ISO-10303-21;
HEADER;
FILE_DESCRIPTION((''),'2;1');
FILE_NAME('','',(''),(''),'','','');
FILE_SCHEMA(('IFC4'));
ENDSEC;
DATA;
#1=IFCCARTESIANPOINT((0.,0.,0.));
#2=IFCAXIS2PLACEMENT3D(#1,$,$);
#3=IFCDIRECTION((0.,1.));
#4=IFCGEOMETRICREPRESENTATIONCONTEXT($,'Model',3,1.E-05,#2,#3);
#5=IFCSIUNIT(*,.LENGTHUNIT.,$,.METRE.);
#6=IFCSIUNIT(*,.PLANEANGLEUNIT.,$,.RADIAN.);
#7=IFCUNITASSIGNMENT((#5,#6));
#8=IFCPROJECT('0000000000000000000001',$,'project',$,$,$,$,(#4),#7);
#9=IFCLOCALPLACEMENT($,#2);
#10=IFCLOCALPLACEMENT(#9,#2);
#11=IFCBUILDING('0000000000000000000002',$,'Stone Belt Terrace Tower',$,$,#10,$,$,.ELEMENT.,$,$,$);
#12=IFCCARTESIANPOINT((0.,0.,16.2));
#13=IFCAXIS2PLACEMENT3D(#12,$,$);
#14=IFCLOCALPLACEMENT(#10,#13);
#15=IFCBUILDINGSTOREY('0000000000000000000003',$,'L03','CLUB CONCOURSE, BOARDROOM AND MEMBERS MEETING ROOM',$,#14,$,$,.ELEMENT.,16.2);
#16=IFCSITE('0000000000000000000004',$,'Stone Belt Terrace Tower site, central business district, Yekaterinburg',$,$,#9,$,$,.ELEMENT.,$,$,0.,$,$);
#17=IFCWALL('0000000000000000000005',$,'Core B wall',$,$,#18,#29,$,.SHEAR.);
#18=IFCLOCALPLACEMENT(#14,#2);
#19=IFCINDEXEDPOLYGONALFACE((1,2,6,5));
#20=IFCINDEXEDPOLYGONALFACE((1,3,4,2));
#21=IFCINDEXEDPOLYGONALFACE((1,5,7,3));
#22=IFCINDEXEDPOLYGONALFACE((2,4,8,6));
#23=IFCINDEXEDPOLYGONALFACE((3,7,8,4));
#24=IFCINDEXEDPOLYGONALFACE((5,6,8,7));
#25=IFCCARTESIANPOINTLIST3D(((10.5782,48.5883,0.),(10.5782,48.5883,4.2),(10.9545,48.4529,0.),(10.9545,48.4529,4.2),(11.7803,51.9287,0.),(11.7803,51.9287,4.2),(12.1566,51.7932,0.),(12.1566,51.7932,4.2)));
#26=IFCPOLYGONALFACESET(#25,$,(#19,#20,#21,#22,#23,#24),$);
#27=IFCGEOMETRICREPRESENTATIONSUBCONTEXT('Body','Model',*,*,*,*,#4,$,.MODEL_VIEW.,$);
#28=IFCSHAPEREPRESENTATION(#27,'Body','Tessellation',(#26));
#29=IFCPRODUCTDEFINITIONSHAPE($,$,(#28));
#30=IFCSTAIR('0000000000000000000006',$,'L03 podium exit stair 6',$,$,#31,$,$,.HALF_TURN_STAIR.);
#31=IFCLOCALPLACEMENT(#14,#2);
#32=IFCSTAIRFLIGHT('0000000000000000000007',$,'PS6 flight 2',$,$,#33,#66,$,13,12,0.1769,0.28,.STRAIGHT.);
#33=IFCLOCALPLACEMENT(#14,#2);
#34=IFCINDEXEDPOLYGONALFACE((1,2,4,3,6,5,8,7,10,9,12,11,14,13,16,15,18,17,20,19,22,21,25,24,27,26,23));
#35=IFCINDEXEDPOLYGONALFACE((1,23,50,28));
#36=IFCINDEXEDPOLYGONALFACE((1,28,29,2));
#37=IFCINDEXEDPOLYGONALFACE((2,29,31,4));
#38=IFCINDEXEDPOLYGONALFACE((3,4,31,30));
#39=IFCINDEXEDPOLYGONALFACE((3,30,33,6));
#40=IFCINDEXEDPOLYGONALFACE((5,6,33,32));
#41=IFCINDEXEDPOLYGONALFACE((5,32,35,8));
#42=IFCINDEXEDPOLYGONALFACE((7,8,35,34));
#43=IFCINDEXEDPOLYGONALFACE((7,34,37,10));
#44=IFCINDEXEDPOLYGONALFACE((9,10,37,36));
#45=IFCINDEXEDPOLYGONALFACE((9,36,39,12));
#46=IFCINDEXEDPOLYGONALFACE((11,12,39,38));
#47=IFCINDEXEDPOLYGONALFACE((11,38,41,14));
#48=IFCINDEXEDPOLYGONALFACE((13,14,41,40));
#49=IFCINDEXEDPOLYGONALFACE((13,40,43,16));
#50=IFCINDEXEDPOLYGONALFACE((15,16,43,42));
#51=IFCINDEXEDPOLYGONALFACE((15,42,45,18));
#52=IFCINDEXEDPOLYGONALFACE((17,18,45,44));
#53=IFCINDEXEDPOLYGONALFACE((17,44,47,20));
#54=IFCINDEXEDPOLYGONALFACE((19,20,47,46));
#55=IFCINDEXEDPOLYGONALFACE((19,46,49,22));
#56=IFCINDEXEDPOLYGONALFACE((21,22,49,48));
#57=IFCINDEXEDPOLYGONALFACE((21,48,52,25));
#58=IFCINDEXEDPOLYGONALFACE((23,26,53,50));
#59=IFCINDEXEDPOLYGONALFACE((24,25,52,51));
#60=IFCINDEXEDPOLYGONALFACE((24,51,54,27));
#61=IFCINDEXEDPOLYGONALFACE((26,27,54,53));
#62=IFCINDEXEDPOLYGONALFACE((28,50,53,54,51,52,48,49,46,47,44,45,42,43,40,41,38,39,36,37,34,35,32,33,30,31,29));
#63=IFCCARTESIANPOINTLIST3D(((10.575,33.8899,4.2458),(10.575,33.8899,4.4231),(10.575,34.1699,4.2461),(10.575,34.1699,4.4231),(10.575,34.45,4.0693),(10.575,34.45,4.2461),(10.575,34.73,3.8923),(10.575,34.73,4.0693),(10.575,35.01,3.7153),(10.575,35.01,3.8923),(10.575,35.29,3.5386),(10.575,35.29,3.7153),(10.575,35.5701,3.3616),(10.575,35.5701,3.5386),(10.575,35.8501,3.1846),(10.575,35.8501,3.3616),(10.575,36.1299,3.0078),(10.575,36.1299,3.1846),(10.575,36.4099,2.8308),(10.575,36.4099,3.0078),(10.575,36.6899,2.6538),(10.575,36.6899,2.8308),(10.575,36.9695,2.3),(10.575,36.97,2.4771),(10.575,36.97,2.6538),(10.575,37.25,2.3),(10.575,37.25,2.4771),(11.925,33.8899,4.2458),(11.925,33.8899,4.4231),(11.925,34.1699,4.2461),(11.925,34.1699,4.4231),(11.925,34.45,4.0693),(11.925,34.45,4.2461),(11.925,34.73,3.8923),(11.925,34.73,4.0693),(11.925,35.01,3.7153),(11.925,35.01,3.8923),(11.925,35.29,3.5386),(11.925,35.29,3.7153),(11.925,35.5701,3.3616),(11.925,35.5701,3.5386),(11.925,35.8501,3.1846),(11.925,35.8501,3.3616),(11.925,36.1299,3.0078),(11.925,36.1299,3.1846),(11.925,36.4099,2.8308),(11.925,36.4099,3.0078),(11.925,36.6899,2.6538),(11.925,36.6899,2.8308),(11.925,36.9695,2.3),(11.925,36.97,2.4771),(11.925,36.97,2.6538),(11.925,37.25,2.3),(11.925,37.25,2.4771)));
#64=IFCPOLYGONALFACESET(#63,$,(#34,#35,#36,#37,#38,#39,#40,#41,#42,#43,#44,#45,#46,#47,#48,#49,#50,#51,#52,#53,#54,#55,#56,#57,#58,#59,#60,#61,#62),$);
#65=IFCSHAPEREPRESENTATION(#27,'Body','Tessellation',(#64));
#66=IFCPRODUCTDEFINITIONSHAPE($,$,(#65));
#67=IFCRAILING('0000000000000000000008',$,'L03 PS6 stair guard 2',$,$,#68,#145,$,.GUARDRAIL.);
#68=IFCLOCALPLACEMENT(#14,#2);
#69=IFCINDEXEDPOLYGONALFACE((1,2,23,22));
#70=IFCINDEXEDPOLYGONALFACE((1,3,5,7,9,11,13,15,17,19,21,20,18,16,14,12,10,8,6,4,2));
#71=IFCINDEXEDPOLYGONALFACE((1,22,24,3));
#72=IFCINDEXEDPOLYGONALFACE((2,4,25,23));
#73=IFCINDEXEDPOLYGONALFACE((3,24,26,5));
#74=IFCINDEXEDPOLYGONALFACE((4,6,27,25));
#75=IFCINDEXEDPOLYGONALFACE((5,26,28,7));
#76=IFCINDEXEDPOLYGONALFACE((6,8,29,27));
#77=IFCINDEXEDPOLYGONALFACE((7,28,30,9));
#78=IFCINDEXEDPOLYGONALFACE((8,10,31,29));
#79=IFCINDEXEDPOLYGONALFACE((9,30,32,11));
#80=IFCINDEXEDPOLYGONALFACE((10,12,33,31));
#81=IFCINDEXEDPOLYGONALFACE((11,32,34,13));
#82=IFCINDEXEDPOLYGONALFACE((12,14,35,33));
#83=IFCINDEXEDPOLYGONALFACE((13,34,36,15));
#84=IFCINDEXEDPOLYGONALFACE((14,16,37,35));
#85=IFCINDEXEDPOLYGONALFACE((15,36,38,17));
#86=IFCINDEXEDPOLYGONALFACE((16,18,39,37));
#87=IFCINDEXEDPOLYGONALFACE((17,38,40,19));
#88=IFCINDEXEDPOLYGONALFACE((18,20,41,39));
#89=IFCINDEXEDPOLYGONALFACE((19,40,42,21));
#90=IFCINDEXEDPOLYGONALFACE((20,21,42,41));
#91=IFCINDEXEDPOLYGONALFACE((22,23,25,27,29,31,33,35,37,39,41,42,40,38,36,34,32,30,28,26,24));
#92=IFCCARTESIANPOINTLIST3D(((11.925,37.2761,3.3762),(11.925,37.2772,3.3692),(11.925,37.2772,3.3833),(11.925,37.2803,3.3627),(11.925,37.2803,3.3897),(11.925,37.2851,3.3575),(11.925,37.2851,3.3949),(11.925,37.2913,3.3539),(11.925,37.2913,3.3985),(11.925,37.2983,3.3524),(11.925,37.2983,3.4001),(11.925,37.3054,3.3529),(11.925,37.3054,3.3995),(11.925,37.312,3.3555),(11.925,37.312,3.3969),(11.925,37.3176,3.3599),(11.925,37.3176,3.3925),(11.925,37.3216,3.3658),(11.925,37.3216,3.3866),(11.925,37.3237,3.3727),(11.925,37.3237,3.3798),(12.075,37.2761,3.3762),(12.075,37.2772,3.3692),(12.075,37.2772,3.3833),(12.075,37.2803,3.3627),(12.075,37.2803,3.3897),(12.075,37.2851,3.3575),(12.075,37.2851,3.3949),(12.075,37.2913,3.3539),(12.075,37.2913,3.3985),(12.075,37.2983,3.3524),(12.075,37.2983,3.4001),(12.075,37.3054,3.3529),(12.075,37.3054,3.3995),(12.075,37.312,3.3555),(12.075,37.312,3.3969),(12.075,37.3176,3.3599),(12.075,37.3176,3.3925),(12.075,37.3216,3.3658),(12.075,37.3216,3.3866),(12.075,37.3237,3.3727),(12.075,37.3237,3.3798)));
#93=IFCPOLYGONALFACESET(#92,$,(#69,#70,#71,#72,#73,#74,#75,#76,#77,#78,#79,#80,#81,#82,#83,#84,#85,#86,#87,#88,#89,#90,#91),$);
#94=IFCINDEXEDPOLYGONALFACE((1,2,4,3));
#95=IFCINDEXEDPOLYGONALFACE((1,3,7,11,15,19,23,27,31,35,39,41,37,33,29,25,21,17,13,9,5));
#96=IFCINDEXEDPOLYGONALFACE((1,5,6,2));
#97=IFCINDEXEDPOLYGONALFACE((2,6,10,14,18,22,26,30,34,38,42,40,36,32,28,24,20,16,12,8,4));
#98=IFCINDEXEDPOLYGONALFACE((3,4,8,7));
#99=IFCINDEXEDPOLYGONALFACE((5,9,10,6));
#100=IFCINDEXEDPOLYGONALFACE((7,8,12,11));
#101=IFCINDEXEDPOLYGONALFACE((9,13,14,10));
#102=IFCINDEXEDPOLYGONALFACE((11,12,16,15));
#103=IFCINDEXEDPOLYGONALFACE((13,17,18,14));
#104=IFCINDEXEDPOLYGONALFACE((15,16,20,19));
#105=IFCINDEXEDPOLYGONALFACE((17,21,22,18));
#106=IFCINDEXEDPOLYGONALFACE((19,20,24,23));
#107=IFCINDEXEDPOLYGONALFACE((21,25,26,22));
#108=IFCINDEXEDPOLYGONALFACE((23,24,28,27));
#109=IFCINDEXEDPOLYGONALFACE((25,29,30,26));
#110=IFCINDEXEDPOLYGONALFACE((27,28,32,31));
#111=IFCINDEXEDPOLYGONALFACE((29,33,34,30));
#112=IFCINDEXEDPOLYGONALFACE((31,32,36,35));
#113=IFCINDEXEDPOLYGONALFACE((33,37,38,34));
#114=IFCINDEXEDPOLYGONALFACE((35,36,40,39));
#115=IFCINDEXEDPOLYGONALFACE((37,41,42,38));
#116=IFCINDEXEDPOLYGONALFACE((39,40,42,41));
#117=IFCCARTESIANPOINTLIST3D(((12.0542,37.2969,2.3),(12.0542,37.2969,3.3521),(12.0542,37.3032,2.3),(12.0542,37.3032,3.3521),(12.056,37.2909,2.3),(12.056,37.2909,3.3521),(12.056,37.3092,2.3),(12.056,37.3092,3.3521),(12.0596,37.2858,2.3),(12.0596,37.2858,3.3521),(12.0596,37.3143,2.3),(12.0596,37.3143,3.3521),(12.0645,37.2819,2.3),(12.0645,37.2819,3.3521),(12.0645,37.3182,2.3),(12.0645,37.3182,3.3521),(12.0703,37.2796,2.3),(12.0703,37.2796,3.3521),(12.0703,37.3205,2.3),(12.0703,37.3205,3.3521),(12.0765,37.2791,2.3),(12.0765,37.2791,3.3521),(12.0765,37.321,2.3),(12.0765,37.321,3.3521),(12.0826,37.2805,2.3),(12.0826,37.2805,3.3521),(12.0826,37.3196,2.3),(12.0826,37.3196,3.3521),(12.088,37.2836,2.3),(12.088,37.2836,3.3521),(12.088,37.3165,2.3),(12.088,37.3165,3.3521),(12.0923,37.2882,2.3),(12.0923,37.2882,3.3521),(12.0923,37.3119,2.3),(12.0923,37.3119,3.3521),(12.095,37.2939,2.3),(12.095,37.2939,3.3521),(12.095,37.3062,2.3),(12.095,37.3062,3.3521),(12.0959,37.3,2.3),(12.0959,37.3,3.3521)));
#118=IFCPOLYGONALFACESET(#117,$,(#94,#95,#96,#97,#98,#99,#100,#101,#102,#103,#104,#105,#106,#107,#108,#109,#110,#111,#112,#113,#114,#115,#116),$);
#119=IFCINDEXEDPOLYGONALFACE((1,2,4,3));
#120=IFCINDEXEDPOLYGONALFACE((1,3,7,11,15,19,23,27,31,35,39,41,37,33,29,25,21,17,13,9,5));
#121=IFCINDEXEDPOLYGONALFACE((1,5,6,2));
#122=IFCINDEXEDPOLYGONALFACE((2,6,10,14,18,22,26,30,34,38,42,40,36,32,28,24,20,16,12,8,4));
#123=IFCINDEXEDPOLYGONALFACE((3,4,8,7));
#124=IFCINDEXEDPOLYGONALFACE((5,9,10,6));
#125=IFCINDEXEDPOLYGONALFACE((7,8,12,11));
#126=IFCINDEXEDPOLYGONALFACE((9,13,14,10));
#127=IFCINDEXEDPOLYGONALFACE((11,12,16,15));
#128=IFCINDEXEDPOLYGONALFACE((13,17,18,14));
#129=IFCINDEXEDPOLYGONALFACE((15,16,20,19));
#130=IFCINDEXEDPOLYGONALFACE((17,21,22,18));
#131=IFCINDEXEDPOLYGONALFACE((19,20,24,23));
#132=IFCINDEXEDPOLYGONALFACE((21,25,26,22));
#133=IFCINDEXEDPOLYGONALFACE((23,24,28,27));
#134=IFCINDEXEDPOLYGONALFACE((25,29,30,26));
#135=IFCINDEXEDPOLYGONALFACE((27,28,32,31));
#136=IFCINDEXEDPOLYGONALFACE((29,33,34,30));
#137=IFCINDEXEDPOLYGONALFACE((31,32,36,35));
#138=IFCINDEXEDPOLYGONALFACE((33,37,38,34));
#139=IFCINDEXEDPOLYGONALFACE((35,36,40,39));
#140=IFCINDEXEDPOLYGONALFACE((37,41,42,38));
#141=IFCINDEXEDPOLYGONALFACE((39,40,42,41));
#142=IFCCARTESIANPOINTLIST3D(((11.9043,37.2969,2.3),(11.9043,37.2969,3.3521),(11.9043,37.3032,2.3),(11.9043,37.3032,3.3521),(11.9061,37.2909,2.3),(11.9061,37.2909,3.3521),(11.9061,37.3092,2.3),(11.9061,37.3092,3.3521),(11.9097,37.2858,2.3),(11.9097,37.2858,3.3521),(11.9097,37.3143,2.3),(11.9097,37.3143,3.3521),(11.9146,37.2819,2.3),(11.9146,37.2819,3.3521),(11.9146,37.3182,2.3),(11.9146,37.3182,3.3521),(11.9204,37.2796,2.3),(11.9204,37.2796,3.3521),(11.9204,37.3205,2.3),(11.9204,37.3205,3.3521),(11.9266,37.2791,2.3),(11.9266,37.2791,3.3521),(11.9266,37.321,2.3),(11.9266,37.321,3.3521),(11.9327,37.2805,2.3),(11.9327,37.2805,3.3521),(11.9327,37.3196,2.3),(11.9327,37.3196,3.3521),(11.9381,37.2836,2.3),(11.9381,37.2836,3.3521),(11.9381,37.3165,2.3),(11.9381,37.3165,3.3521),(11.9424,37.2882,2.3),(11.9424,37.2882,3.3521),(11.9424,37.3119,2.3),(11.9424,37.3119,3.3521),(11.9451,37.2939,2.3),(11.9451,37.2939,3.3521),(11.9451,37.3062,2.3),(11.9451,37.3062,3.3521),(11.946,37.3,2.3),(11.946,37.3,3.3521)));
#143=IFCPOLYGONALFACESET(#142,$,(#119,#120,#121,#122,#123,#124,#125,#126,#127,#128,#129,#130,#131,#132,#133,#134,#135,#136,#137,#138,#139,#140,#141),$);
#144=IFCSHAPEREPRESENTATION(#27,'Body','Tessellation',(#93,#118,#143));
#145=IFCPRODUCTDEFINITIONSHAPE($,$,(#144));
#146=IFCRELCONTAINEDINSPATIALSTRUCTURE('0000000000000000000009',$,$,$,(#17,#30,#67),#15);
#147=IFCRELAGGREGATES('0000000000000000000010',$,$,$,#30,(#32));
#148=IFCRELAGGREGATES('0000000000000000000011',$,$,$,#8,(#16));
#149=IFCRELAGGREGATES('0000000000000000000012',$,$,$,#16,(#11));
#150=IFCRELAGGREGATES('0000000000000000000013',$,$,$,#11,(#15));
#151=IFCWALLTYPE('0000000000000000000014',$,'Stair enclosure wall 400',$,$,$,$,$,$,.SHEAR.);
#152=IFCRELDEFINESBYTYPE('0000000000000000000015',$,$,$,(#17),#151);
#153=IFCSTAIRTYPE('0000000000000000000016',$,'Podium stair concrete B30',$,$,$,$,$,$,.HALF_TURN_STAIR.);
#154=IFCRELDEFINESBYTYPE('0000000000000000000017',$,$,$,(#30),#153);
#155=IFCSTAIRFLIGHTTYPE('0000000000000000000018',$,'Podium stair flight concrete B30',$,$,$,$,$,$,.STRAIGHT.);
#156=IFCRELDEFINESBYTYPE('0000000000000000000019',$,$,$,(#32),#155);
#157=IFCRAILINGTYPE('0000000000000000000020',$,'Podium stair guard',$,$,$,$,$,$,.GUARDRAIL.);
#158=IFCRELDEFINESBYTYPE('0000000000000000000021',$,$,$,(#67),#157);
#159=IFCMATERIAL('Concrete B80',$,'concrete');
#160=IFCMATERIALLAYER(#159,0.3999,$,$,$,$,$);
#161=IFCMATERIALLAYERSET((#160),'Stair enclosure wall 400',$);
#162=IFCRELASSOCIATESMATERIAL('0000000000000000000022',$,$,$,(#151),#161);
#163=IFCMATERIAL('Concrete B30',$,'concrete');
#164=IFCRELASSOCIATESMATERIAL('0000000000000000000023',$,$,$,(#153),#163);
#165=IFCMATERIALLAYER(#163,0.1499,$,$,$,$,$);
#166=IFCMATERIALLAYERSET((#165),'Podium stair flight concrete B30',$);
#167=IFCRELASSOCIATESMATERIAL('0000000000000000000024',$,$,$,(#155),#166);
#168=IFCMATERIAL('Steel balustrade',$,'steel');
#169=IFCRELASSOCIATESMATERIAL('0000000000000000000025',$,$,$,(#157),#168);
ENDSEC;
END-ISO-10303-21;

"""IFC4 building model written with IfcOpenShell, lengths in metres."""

from ifc_helpers import new_model, si_unit, direction, frame, frame_2d, origin, origin_2d, place, context, subcontext, project, spatial, polyline, rectangle, circle, outline, extrude, material, layer, layer_set, type_object, element, aggregate, save


model = new_model("IFC4")

# Units and contexts
model_context = context("Model", 3, precision=1e-05, world=origin(), true_north=direction((0.0, 1.0)))
body_context = subcontext(model_context, "Body", "Model", "MODEL_VIEW")
ifc_project = project(units=[si_unit("LENGTHUNIT", "METRE"), si_unit("PLANEANGLEUNIT", "RADIAN")], contexts=[model_context])

# Site, building, storey
site_placement = place(None, origin())
site = spatial("IfcSite", under=ifc_project, at=site_placement, Name="Stone Belt Terrace Tower site, central business district, Yekaterinburg", CompositionType="ELEMENT", RefElevation=0.0)
building_placement = place(site_placement, origin())
building = spatial("IfcBuilding", under=site, at=building_placement, Name="Stone Belt Terrace Tower", CompositionType="ELEMENT")
storey_placement = place(building_placement, frame((0.0, 0.0, 16.2)))
storey = spatial("IfcBuildingStorey", under=building, at=storey_placement, Name="L03", Description="CLUB CONCOURSE, BOARDROOM AND MEMBERS MEETING ROOM", CompositionType="ELEMENT", Elevation=16.2)

# Shared definitions
ifc_material_1 = material(Name="Concrete B80", Category="concrete")

# Shared definitions
ifc_material_2 = material(Name="Concrete B30", Category="concrete")

# Shared definitions
ifc_layer_1 = layer(ifc_material_1, 0.3999)
ifc_layer_set_1 = layer_set([ifc_layer_1], Name="Stair enclosure wall 400")
wall_type_1 = type_object("IfcWallType", Name="Stair enclosure wall 400", PredefinedType="SHEAR", material=ifc_layer_set_1)

# Wall
wall_1_placement = place(storey_placement, frame((10.7664, 48.5208, 0.0), z_axis=(0.0, 0.0, 1.0), x_axis=(0.338627, 0.940921, 0.0)))
element("IfcWall", 1, at=wall_1_placement, inside=storey, type_object=wall_type_1, Name="Core B wall", PredefinedType="SHEAR", context=body_context, shape_type="SweptSolid", body=[
    extrude(rectangle(XDim=3.55, YDim=0.3999, at=frame_2d((1.7749, 0.0))), origin(), (0.0, 0.0, 1.0), 4.2),
])

# Stair, stair flight
stair_type = type_object("IfcStairType", Name="Podium stair concrete B30", PredefinedType="HALF_TURN_STAIR", material=ifc_material_2)
stair_placement = place(storey_placement, origin())
stair = element("IfcStair", 2, at=stair_placement, inside=storey, type_object=stair_type, Name="L03 podium exit stair 6", PredefinedType="HALF_TURN_STAIR")
ifc_layer_2 = layer(ifc_material_2, 0.1499)
ifc_layer_set_2 = layer_set([ifc_layer_2], Name="Podium stair flight concrete B30")
stair_flight_type = type_object("IfcStairFlightType", Name="Podium stair flight concrete B30", PredefinedType="STRAIGHT", material=ifc_layer_set_2)
stair_flight_placement = place(storey_placement, frame((11.25, 37.25, 2.3), z_axis=(0.0, 0.0, 1.0), x_axis=(0.0, -1.0, 0.0)))
stair_flight = element("IfcStairFlight", 3, at=stair_flight_placement, type_object=stair_flight_type, Name="PS6 flight 2", NumberOfRisers=13, NumberOfTreads=12, PredefinedType="STRAIGHT", RiserHeight=0.1769, TreadLength=0.28, context=body_context, shape_type="SweptSolid", body=[
    extrude(outline(polyline([(0.0, 0.0), (0.0, 0.177), (0.28, 0.177), (0.28, 0.3538), (0.5601, 0.3538), (0.5601, 0.5308), (0.8401, 0.5308), (0.8401, 0.7078), (1.1201, 0.7078), (1.1201, 0.8845), (1.3999, 0.8845), (1.3999, 1.0615), (1.6799, 1.0615), (1.6799, 1.2385), (1.96, 1.2385), (1.96, 1.4153), (2.24, 1.4153), (2.24, 1.5923), (2.52, 1.5923), (2.52, 1.7693), (2.8, 1.7693), (2.8, 1.946), (3.0801, 1.946), (3.0801, 2.123), (3.3601, 2.123), (3.3601, 2.3), (3.3601, 1.9458), (0.2805, 0.0), (0.0, 0.0)])), frame((0.0, 0.675, 0.0), z_axis=(0.0, -1.0, 0.0), x_axis=(1.0, 0.0, 0.0)), (0.0, 0.0, 1.0), 1.3501),
])
aggregate(stair, [stair_flight])

# Railing
ifc_material_3 = material(Name="Steel balustrade", Category="steel")
railing_type_1 = type_object("IfcRailingType", Name="Podium stair guard", PredefinedType="GUARDRAIL", material=ifc_material_3)
railing_1_placement = place(storey_placement, frame((12.075, 37.3, 2.3)))
element("IfcRailing", 4, at=railing_1_placement, inside=storey, type_object=railing_type_1, Name="L03 PS6 stair guard 2", PredefinedType="GUARDRAIL", context=body_context, shape_type="SweptSolid", body=[
    extrude(circle(Radius=0.0239, at=origin_2d()), frame((0.0, 0.0, 1.0762), z_axis=(-1.0, 0.0, 0.0), x_axis=(0.0, -1.0, 0.0)), (0.0, 0.0, 1.0), 0.1499),
    extrude(circle(Radius=0.021, at=origin_2d()), origin(), (0.0, 0.0, 1.0), 1.052),
    extrude(circle(Radius=0.021, at=origin_2d()), frame((-0.1499, 0.0, 0.0)), (0.0, 0.0, 1.0), 1.052),
])

save(model, "model.ifc")
